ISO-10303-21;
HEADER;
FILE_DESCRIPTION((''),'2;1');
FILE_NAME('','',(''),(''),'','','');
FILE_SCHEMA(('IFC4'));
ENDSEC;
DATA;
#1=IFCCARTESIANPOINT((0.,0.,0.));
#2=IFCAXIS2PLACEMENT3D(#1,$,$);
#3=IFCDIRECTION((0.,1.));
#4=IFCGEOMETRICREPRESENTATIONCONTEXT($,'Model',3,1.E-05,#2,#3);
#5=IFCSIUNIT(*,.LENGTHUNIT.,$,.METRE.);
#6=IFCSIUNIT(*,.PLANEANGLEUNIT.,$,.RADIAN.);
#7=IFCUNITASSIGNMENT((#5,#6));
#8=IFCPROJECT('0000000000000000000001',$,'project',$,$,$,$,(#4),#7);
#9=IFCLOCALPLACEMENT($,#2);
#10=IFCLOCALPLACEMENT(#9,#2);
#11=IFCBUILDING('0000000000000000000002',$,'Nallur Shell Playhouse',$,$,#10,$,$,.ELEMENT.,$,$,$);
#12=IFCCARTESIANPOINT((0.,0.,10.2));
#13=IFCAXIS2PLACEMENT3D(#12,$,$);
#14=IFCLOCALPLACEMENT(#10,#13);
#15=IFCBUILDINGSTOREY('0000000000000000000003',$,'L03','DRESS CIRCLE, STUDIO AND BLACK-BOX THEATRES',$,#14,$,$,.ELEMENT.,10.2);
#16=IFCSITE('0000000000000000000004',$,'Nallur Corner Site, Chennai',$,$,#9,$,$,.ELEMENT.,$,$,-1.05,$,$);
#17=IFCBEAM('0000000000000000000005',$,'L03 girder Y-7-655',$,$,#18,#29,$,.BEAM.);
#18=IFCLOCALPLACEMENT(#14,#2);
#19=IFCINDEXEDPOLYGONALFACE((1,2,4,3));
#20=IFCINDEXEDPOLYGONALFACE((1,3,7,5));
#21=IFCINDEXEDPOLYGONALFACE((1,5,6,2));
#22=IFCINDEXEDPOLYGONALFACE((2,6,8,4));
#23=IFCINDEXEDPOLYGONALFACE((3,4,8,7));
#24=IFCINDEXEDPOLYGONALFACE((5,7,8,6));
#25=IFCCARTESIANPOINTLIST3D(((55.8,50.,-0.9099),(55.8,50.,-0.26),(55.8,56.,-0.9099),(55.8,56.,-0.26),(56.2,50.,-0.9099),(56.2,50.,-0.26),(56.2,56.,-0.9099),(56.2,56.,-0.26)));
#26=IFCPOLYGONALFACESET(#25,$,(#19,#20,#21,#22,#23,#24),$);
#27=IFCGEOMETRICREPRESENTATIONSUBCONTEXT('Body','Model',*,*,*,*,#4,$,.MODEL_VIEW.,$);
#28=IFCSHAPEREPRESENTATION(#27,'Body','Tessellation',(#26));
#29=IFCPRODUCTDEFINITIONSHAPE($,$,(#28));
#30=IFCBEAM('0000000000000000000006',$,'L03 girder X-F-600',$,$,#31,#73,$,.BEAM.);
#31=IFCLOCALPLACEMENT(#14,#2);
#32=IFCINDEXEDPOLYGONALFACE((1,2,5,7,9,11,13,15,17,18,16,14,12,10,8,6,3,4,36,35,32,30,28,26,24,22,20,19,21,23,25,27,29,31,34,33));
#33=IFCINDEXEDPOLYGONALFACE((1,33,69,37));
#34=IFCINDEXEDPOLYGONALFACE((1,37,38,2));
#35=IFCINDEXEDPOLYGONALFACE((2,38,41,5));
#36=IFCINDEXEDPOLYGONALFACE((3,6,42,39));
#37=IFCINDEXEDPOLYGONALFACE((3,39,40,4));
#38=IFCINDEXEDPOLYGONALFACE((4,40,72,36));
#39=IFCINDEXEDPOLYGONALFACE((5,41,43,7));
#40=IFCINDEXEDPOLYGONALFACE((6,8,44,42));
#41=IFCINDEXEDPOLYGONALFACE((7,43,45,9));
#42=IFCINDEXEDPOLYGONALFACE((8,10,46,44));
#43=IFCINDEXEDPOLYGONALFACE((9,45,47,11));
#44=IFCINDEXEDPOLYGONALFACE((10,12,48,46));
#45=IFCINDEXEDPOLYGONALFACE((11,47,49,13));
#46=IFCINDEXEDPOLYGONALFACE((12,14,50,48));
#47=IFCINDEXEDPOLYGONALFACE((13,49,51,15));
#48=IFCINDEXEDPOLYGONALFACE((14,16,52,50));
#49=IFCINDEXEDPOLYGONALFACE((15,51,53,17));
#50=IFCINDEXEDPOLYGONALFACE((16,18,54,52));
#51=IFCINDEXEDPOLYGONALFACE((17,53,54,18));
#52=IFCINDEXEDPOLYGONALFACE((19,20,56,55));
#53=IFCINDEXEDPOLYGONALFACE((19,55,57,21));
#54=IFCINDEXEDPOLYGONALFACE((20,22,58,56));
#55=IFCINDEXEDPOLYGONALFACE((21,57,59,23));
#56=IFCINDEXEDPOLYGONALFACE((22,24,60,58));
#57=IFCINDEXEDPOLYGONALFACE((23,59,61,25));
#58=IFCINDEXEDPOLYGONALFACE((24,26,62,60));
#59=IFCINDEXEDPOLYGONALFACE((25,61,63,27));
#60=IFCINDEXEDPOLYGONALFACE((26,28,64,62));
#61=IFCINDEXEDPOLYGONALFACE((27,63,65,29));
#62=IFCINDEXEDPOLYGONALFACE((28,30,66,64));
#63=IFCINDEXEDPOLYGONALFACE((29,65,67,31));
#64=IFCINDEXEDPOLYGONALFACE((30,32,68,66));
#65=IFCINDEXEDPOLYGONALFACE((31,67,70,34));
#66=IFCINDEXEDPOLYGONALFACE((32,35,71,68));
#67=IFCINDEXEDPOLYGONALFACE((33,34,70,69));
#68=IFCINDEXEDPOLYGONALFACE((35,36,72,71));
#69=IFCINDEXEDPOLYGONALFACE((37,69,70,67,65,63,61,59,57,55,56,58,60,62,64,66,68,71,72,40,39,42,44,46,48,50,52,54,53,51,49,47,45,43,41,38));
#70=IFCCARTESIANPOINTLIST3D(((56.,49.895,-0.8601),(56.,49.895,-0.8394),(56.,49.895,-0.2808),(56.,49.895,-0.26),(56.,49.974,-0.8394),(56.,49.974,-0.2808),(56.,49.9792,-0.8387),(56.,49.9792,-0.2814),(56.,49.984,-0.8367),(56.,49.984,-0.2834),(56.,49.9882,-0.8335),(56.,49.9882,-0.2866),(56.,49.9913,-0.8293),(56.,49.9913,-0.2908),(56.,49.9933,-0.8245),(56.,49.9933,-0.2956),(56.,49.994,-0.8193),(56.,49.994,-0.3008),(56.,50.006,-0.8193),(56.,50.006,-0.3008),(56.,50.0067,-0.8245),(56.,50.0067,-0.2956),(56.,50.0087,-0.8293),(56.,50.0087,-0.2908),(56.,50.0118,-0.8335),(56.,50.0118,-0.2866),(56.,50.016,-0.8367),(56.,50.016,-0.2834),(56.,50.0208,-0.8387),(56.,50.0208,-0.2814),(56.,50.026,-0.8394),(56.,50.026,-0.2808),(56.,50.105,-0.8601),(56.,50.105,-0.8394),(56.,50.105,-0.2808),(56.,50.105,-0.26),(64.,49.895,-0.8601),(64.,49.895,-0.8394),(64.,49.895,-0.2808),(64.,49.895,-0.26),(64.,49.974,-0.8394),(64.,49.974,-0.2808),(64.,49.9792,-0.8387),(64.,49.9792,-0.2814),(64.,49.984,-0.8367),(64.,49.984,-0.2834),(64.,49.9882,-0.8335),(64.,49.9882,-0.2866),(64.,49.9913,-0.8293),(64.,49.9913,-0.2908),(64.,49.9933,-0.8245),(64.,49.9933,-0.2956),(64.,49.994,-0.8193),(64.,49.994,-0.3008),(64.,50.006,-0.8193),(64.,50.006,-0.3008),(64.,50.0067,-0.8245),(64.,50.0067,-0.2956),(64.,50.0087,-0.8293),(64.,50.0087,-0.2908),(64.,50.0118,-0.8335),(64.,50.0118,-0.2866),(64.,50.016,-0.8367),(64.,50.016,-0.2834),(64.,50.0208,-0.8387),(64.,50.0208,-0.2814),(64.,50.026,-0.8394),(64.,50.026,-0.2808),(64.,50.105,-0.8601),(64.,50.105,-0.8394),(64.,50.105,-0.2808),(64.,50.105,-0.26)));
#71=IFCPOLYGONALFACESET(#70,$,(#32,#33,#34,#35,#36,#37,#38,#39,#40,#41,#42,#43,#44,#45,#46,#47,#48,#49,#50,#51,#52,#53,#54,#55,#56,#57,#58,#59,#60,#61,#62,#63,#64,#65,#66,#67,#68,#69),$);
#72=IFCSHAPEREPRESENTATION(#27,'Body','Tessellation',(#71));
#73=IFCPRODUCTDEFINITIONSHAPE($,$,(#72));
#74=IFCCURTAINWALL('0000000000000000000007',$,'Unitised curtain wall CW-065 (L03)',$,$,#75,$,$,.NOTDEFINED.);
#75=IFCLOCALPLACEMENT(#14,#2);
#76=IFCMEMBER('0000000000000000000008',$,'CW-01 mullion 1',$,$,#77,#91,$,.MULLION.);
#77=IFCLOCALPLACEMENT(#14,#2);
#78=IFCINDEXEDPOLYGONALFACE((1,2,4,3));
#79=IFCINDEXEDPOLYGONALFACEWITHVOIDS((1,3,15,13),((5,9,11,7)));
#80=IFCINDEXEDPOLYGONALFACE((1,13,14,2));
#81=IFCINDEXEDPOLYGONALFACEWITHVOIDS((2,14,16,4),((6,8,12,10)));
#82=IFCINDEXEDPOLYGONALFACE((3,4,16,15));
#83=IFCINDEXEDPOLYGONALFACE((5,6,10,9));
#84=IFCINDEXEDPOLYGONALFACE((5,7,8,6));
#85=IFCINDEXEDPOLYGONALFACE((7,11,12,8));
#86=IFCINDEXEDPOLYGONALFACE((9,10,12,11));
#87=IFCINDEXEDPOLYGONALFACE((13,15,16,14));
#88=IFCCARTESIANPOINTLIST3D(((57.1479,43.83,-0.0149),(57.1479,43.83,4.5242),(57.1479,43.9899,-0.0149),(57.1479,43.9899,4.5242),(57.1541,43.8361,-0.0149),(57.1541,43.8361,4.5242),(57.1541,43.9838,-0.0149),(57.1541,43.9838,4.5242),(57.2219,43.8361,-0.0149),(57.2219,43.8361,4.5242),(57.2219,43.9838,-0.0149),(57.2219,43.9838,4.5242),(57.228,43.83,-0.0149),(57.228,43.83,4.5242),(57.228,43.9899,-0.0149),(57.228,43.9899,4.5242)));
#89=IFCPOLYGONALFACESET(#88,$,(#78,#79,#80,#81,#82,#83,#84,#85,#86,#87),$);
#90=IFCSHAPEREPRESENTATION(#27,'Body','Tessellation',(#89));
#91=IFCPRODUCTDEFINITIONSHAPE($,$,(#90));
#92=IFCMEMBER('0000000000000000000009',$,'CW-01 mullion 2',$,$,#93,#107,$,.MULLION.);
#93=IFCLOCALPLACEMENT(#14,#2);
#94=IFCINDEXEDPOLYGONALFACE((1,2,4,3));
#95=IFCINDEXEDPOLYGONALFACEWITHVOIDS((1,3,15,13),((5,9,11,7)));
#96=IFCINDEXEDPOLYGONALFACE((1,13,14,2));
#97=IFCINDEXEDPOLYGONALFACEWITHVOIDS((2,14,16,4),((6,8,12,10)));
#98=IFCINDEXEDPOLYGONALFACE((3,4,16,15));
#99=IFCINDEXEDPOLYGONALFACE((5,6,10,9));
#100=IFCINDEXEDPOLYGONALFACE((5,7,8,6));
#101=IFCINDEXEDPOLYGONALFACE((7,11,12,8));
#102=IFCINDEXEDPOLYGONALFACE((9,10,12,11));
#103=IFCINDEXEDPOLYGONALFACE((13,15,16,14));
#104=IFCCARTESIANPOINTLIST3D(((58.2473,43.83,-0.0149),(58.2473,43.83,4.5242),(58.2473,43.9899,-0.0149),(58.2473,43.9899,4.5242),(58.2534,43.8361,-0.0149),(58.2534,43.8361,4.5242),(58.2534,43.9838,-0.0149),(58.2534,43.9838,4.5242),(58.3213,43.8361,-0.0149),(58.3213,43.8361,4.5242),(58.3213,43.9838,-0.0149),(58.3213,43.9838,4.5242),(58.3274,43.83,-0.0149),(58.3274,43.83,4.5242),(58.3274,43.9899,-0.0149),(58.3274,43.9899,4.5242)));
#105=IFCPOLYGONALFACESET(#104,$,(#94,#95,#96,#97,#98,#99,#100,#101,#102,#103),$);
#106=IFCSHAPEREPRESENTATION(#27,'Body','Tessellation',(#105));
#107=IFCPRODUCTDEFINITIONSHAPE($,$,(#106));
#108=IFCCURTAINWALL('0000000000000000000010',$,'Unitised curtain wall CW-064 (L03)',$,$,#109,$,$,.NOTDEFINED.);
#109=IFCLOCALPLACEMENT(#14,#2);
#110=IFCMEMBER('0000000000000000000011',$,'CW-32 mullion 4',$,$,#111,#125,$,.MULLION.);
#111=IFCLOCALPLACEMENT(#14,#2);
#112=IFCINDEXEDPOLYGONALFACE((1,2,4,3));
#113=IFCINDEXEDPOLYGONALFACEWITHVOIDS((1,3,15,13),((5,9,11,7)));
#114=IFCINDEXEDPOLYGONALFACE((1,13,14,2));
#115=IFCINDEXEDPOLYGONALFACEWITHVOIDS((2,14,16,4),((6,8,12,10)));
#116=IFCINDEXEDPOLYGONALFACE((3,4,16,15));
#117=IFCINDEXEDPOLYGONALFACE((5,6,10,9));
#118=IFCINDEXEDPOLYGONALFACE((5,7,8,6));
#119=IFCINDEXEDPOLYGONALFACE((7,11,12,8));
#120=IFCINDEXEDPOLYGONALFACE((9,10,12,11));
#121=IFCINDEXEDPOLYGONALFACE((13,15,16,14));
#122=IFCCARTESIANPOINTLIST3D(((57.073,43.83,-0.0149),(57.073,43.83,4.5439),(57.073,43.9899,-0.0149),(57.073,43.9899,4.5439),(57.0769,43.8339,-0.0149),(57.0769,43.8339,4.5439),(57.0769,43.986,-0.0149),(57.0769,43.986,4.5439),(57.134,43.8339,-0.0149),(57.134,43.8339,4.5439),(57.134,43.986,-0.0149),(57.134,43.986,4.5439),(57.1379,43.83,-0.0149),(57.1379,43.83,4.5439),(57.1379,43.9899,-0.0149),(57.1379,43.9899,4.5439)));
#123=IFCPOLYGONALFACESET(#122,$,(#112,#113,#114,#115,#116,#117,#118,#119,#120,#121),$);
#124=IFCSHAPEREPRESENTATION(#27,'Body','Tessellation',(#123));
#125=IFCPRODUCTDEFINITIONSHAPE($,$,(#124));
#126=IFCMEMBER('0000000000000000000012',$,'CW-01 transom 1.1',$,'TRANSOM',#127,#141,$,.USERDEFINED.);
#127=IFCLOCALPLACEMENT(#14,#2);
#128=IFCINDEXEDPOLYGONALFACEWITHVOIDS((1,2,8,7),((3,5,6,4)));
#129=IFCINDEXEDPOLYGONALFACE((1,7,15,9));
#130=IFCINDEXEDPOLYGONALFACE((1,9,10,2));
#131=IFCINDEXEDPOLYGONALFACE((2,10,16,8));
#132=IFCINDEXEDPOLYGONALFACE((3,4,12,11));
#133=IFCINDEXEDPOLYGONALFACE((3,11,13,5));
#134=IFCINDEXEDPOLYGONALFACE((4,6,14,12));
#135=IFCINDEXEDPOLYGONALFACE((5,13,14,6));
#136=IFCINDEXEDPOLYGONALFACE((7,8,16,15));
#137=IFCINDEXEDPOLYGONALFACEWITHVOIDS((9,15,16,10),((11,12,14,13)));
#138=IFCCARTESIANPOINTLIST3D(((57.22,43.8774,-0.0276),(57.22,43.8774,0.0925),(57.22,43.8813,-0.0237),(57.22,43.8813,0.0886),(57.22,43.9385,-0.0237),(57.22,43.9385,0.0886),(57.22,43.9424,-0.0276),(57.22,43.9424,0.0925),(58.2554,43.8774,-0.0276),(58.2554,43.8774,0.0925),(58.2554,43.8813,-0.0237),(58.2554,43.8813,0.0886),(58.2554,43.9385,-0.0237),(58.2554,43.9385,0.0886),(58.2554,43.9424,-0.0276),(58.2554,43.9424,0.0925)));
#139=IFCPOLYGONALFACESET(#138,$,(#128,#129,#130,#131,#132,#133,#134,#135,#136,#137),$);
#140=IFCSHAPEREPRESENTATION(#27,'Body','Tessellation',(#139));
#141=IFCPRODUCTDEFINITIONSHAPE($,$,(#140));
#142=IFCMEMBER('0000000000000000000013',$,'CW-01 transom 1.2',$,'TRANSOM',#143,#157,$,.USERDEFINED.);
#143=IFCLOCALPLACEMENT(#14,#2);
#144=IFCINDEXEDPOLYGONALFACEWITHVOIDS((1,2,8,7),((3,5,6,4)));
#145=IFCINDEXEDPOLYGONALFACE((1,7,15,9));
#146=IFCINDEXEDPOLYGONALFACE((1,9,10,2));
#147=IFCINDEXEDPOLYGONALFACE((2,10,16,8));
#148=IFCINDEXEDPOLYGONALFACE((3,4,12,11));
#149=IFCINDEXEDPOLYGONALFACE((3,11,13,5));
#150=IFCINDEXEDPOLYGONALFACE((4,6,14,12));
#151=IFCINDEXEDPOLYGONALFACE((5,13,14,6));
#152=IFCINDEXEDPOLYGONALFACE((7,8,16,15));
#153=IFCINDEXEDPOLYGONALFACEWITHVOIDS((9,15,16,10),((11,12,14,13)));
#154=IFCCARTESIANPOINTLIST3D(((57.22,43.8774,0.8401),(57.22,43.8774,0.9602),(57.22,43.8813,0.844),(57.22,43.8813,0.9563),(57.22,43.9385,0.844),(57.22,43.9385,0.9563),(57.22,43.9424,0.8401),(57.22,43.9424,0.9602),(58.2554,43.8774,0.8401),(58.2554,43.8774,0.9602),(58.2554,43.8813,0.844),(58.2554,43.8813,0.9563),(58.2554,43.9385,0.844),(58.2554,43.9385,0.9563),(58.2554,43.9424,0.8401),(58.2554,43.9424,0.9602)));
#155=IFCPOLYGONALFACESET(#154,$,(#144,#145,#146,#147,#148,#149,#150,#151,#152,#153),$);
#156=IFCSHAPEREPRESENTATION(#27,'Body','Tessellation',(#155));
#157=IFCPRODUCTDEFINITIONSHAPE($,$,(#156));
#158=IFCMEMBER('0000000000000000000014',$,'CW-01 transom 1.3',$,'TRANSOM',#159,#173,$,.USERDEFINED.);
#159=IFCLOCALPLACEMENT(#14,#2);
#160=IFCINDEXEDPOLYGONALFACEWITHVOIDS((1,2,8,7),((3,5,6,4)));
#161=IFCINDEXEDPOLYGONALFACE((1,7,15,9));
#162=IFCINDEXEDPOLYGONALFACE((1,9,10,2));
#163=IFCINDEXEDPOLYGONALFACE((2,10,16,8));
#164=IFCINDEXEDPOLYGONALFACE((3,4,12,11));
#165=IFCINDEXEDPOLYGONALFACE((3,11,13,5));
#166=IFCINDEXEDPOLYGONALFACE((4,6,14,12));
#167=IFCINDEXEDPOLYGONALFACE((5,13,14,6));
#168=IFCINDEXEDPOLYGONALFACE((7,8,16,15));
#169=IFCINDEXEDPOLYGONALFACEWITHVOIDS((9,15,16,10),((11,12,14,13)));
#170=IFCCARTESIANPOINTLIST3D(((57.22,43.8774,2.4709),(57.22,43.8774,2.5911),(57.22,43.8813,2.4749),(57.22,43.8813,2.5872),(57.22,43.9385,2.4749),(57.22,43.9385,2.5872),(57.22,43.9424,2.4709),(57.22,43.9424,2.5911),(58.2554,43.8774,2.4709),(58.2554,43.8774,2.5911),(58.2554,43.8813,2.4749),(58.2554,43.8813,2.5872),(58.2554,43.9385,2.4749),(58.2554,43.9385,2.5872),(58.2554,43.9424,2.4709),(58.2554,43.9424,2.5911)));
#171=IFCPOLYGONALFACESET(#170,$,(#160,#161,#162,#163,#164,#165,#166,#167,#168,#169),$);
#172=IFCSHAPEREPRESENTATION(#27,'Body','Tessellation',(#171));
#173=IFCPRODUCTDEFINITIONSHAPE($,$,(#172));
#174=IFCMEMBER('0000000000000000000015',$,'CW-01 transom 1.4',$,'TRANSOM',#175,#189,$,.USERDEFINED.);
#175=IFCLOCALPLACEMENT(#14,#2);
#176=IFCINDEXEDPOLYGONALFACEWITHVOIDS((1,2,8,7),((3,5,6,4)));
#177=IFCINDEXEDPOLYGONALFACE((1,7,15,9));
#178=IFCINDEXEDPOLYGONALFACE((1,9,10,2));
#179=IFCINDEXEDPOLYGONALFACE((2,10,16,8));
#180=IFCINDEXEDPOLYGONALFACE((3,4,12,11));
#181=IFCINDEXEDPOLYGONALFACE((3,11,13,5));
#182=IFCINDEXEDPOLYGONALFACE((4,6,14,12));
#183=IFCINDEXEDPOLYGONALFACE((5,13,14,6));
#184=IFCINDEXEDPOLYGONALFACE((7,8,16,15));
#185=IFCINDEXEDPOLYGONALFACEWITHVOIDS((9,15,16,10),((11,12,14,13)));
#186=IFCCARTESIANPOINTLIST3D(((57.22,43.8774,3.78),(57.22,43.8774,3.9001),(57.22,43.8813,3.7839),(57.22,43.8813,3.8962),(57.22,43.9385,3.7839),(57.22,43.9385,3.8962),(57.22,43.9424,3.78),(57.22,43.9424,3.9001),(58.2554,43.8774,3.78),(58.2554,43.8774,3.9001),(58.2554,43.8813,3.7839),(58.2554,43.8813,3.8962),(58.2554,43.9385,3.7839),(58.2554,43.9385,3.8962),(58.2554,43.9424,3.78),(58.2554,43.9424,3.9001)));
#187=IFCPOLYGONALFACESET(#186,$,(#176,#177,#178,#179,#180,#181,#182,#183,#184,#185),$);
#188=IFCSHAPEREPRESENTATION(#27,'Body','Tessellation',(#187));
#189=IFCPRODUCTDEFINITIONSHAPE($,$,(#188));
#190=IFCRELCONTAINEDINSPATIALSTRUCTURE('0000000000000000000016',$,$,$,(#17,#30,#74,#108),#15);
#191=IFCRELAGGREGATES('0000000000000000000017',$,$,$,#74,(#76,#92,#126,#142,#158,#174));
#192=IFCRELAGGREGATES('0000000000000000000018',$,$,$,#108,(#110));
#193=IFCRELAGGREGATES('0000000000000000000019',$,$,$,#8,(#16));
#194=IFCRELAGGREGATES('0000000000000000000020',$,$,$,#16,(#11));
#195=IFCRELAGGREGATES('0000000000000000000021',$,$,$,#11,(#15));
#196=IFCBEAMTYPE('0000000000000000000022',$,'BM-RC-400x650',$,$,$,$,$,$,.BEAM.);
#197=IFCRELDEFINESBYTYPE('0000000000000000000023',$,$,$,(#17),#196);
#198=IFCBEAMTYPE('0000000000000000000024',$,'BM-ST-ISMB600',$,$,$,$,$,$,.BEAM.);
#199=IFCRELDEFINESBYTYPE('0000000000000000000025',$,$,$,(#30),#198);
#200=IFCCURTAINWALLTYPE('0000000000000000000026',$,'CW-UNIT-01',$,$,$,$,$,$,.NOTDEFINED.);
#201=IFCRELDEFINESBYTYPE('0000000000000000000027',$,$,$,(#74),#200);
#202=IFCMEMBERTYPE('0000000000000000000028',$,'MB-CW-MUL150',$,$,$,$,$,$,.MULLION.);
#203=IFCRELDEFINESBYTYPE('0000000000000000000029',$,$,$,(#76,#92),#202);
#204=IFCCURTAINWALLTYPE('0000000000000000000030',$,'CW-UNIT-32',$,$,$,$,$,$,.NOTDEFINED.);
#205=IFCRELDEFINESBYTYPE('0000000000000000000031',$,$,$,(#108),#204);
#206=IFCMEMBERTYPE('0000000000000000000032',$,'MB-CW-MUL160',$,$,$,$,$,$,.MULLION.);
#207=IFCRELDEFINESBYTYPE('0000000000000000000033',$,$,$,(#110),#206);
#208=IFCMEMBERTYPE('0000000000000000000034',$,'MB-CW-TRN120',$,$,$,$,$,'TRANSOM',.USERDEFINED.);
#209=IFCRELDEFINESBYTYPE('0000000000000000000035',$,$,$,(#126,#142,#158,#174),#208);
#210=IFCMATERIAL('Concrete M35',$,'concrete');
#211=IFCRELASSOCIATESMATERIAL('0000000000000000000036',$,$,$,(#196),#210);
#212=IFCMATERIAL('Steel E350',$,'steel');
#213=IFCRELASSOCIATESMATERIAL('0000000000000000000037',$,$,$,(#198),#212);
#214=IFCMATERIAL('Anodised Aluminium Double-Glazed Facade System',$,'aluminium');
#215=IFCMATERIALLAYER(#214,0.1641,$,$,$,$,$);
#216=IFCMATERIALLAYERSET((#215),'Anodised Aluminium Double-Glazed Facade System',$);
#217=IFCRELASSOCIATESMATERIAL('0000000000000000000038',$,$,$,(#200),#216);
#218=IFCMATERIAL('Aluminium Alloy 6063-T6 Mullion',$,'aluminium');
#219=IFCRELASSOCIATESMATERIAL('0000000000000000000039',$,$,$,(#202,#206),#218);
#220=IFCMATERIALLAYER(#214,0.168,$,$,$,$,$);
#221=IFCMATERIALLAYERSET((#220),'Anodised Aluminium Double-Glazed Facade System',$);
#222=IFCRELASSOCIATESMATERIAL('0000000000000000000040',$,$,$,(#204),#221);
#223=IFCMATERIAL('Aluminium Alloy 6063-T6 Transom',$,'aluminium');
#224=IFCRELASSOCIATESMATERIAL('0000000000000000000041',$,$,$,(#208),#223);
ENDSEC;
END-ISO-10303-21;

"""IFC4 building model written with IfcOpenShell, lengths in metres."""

from ifc_helpers import new_model, si_unit, direction, frame, origin, origin_2d, place, context, subcontext, project, spatial, rectangle, hollow_rectangle, i_section, extrude, material, layer, layer_set, material_profile, profile_set, type_object, element, aggregate, save


model = new_model("IFC4")

# Units and contexts
model_context = context("Model", 3, precision=1e-05, world=origin(), true_north=direction((0.0, 1.0)))
body_context = subcontext(model_context, "Body", "Model", "MODEL_VIEW")
ifc_project = project(units=[si_unit("LENGTHUNIT", "METRE"), si_unit("PLANEANGLEUNIT", "RADIAN")], contexts=[model_context])

# Site, building, storey
site_placement = place(None, origin())
site = spatial("IfcSite", under=ifc_project, at=site_placement, Name="Nallur Corner Site, Chennai", CompositionType="ELEMENT", RefElevation=-1.05)
building_placement = place(site_placement, origin())
building = spatial("IfcBuilding", under=site, at=building_placement, Name="Nallur Shell Playhouse", CompositionType="ELEMENT")
storey_placement = place(building_placement, frame((0.0, 0.0, 10.2)))
storey = spatial("IfcBuildingStorey", under=building, at=storey_placement, Name="L03", Description="DRESS CIRCLE, STUDIO AND BLACK-BOX THEATRES", CompositionType="ELEMENT", Elevation=10.2)

# Beams
ifc_material_1 = material(Name="Concrete M35", Category="concrete")
ifc_material_profile_1 = material_profile(ifc_material_1, rectangle(XDim=0.3999, YDim=0.6499, at=origin_2d()), Name="RC 400x650")
ifc_profile_set_1 = profile_set([ifc_material_profile_1], Name="Concrete M35")
beam_type_1 = type_object("IfcBeamType", Name="BM-RC-400x650", PredefinedType="BEAM", material=ifc_profile_set_1)
beam_1_placement = place(storey_placement, frame((56.0, 50.0, -0.585), z_axis=(0.0, 1.0, 0.0), x_axis=(-1.0, 0.0, 0.0)))
element("IfcBeam", 1, at=beam_1_placement, inside=storey, type_object=beam_type_1, Name="L03 girder Y-7-655", PredefinedType="BEAM", context=body_context, shape_type="SweptSolid", body=[
    extrude(rectangle(XDim=0.3999, YDim=0.6499, at=origin_2d()), origin(), (0.0, 0.0, 1.0), 6.0),
])
ifc_material_2 = material(Name="Steel E350", Category="steel")
ifc_material_profile_2 = material_profile(ifc_material_2, i_section(OverallWidth=0.21, OverallDepth=0.6001, WebThickness=0.012, FlangeThickness=0.0208, FilletRadius=0.02, at=origin_2d()), Name="ISMB 600")
ifc_profile_set_2 = profile_set([ifc_material_profile_2], Name="Steel E350")
beam_type_2 = type_object("IfcBeamType", Name="BM-ST-ISMB600", PredefinedType="BEAM", material=ifc_profile_set_2)
beam_2_placement = place(storey_placement, frame((56.0, 50.0, -0.5601), z_axis=(1.0, 0.0, 0.0), x_axis=(0.0, 1.0, 0.0)))
element("IfcBeam", 2, at=beam_2_placement, inside=storey, type_object=beam_type_2, Name="L03 girder X-F-600", PredefinedType="BEAM", context=body_context, shape_type="SweptSolid", body=[
    extrude(i_section(OverallWidth=0.21, OverallDepth=0.6001, WebThickness=0.012, FlangeThickness=0.0208, FilletRadius=0.02, at=origin_2d()), origin(), (0.0, 0.0, 1.0), 8.0),
])

# Curtain wall, members
ifc_material_3 = material(Name="Anodised Aluminium Double-Glazed Facade System", Category="aluminium")
ifc_layer_1 = layer(ifc_material_3, 0.1641)
ifc_layer_set_1 = layer_set([ifc_layer_1], Name="Anodised Aluminium Double-Glazed Facade System")
curtain_wall_type_1 = type_object("IfcCurtainWallType", Name="CW-UNIT-01", PredefinedType="NOTDEFINED", material=ifc_layer_set_1)
curtain_wall_1_placement = place(storey_placement, origin())
curtain_wall_1 = element("IfcCurtainWall", 3, at=curtain_wall_1_placement, inside=storey, type_object=curtain_wall_type_1, Name="Unitised curtain wall CW-065 (L03)", PredefinedType="NOTDEFINED")
ifc_material_4 = material(Name="Aluminium Alloy 6063-T6 Mullion", Category="aluminium")
ifc_material_profile_3 = material_profile(ifc_material_4, hollow_rectangle(XDim=0.0801, YDim=0.1599, WallThickness=0.0061, at=origin_2d()), Name="RHS 160x80x6")
ifc_profile_set_3 = profile_set([ifc_material_profile_3], Name="Aluminium Alloy 6063-T6 Mullion")
member_type_1 = type_object("IfcMemberType", Name="MB-CW-MUL150", PredefinedType="MULLION", material=ifc_profile_set_3)
member_1_placement = place(storey_placement, frame((57.188, 43.9099, -0.0149), z_axis=(0.0, 0.0, 1.0), x_axis=(1.0, 0.0, 0.0)))
member_1 = element("IfcMember", 4, at=member_1_placement, type_object=member_type_1, Name="CW-01 mullion 1", PredefinedType="MULLION", context=body_context, shape_type="SweptSolid", body=[
    extrude(hollow_rectangle(XDim=0.0801, YDim=0.1599, WallThickness=0.0061, at=origin_2d()), origin(), (0.0, 0.0, 1.0), 4.5391),
])
member_2_placement = place(storey_placement, frame((58.2874, 43.9099, -0.0149), z_axis=(0.0, 0.0, 1.0), x_axis=(1.0, 0.0, 0.0)))
member_2 = element("IfcMember", 5, at=member_2_placement, type_object=member_type_1, Name="CW-01 mullion 2", PredefinedType="MULLION", context=body_context, shape_type="SweptSolid", body=[
    extrude(hollow_rectangle(XDim=0.0801, YDim=0.1599, WallThickness=0.0061, at=origin_2d()), origin(), (0.0, 0.0, 1.0), 4.5391),
])

# Curtain wall, member
ifc_layer_2 = layer(ifc_material_3, 0.168)
ifc_layer_set_2 = layer_set([ifc_layer_2], Name="Anodised Aluminium Double-Glazed Facade System")
curtain_wall_type_2 = type_object("IfcCurtainWallType", Name="CW-UNIT-32", PredefinedType="NOTDEFINED", material=ifc_layer_set_2)
curtain_wall_2_placement = place(storey_placement, origin())
curtain_wall_2 = element("IfcCurtainWall", 6, at=curtain_wall_2_placement, inside=storey, type_object=curtain_wall_type_2, Name="Unitised curtain wall CW-064 (L03)", PredefinedType="NOTDEFINED")
ifc_material_profile_4 = material_profile(ifc_material_4, hollow_rectangle(XDim=0.0649, YDim=0.1599, WallThickness=0.0039, at=origin_2d()), Name="ALU 65x160x4")
ifc_profile_set_4 = profile_set([ifc_material_profile_4], Name="Aluminium Alloy 6063-T6 Mullion")
member_type_2 = type_object("IfcMemberType", Name="MB-CW-MUL160", PredefinedType="MULLION", material=ifc_profile_set_4)
member_3_placement = place(storey_placement, frame((57.1055, 43.9099, -0.0149), z_axis=(0.0, 0.0, 1.0), x_axis=(1.0, 0.0, 0.0)))
member_3 = element("IfcMember", 7, at=member_3_placement, type_object=member_type_2, Name="CW-32 mullion 4", PredefinedType="MULLION", context=body_context, shape_type="SweptSolid", body=[
    extrude(hollow_rectangle(XDim=0.0649, YDim=0.1599, WallThickness=0.0039, at=origin_2d()), origin(), (0.0, 0.0, 1.0), 4.5588),
])

# Members
ifc_material_5 = material(Name="Aluminium Alloy 6063-T6 Transom", Category="aluminium")
ifc_material_profile_5 = material_profile(ifc_material_5, hollow_rectangle(XDim=0.0649, YDim=0.1201, WallThickness=0.0039, at=origin_2d()), Name="ALU 65x120x4")
ifc_profile_set_5 = profile_set([ifc_material_profile_5], Name="Aluminium Alloy 6063-T6 Transom")
member_type_3 = type_object("IfcMemberType", Name="MB-CW-TRN120", ElementType="TRANSOM", PredefinedType="USERDEFINED", material=ifc_profile_set_5)
member_4_placement = place(storey_placement, frame((57.22, 43.9099, 0.0325), z_axis=(1.0, 0.0, 0.0), x_axis=(0.0, 1.0, 0.0)))
member_4 = element("IfcMember", 8, at=member_4_placement, type_object=member_type_3, Name="CW-01 transom 1.1", ObjectType="TRANSOM", PredefinedType="USERDEFINED", context=body_context, shape_type="SweptSolid", body=[
    extrude(hollow_rectangle(XDim=0.0649, YDim=0.1201, WallThickness=0.0039, at=origin_2d()), origin(), (0.0, 0.0, 1.0), 1.0354),
])
member_5_placement = place(storey_placement, frame((57.22, 43.9099, 0.9001), z_axis=(1.0, 0.0, 0.0), x_axis=(0.0, 1.0, 0.0)))
member_5 = element("IfcMember", 9, at=member_5_placement, type_object=member_type_3, Name="CW-01 transom 1.2", ObjectType="TRANSOM", PredefinedType="USERDEFINED", context=body_context, shape_type="SweptSolid", body=[
    extrude(hollow_rectangle(XDim=0.0649, YDim=0.1201, WallThickness=0.0039, at=origin_2d()), origin(), (0.0, 0.0, 1.0), 1.0354),
])
member_6_placement = place(storey_placement, frame((57.22, 43.9099, 2.531), z_axis=(1.0, 0.0, 0.0), x_axis=(0.0, 1.0, 0.0)))
member_6 = element("IfcMember", 10, at=member_6_placement, type_object=member_type_3, Name="CW-01 transom 1.3", ObjectType="TRANSOM", PredefinedType="USERDEFINED", context=body_context, shape_type="SweptSolid", body=[
    extrude(hollow_rectangle(XDim=0.0649, YDim=0.1201, WallThickness=0.0039, at=origin_2d()), origin(), (0.0, 0.0, 1.0), 1.0354),
])
member_7_placement = place(storey_placement, frame((57.22, 43.9099, 3.8401), z_axis=(1.0, 0.0, 0.0), x_axis=(0.0, 1.0, 0.0)))
member_7 = element("IfcMember", 11, at=member_7_placement, type_object=member_type_3, Name="CW-01 transom 1.4", ObjectType="TRANSOM", PredefinedType="USERDEFINED", context=body_context, shape_type="SweptSolid", body=[
    extrude(hollow_rectangle(XDim=0.0649, YDim=0.1201, WallThickness=0.0039, at=origin_2d()), origin(), (0.0, 0.0, 1.0), 1.0354),
])

aggregate(curtain_wall_1, [member_1, member_2, member_4, member_5, member_6, member_7])
aggregate(curtain_wall_2, [member_3])

save(model, "model.ifc")
